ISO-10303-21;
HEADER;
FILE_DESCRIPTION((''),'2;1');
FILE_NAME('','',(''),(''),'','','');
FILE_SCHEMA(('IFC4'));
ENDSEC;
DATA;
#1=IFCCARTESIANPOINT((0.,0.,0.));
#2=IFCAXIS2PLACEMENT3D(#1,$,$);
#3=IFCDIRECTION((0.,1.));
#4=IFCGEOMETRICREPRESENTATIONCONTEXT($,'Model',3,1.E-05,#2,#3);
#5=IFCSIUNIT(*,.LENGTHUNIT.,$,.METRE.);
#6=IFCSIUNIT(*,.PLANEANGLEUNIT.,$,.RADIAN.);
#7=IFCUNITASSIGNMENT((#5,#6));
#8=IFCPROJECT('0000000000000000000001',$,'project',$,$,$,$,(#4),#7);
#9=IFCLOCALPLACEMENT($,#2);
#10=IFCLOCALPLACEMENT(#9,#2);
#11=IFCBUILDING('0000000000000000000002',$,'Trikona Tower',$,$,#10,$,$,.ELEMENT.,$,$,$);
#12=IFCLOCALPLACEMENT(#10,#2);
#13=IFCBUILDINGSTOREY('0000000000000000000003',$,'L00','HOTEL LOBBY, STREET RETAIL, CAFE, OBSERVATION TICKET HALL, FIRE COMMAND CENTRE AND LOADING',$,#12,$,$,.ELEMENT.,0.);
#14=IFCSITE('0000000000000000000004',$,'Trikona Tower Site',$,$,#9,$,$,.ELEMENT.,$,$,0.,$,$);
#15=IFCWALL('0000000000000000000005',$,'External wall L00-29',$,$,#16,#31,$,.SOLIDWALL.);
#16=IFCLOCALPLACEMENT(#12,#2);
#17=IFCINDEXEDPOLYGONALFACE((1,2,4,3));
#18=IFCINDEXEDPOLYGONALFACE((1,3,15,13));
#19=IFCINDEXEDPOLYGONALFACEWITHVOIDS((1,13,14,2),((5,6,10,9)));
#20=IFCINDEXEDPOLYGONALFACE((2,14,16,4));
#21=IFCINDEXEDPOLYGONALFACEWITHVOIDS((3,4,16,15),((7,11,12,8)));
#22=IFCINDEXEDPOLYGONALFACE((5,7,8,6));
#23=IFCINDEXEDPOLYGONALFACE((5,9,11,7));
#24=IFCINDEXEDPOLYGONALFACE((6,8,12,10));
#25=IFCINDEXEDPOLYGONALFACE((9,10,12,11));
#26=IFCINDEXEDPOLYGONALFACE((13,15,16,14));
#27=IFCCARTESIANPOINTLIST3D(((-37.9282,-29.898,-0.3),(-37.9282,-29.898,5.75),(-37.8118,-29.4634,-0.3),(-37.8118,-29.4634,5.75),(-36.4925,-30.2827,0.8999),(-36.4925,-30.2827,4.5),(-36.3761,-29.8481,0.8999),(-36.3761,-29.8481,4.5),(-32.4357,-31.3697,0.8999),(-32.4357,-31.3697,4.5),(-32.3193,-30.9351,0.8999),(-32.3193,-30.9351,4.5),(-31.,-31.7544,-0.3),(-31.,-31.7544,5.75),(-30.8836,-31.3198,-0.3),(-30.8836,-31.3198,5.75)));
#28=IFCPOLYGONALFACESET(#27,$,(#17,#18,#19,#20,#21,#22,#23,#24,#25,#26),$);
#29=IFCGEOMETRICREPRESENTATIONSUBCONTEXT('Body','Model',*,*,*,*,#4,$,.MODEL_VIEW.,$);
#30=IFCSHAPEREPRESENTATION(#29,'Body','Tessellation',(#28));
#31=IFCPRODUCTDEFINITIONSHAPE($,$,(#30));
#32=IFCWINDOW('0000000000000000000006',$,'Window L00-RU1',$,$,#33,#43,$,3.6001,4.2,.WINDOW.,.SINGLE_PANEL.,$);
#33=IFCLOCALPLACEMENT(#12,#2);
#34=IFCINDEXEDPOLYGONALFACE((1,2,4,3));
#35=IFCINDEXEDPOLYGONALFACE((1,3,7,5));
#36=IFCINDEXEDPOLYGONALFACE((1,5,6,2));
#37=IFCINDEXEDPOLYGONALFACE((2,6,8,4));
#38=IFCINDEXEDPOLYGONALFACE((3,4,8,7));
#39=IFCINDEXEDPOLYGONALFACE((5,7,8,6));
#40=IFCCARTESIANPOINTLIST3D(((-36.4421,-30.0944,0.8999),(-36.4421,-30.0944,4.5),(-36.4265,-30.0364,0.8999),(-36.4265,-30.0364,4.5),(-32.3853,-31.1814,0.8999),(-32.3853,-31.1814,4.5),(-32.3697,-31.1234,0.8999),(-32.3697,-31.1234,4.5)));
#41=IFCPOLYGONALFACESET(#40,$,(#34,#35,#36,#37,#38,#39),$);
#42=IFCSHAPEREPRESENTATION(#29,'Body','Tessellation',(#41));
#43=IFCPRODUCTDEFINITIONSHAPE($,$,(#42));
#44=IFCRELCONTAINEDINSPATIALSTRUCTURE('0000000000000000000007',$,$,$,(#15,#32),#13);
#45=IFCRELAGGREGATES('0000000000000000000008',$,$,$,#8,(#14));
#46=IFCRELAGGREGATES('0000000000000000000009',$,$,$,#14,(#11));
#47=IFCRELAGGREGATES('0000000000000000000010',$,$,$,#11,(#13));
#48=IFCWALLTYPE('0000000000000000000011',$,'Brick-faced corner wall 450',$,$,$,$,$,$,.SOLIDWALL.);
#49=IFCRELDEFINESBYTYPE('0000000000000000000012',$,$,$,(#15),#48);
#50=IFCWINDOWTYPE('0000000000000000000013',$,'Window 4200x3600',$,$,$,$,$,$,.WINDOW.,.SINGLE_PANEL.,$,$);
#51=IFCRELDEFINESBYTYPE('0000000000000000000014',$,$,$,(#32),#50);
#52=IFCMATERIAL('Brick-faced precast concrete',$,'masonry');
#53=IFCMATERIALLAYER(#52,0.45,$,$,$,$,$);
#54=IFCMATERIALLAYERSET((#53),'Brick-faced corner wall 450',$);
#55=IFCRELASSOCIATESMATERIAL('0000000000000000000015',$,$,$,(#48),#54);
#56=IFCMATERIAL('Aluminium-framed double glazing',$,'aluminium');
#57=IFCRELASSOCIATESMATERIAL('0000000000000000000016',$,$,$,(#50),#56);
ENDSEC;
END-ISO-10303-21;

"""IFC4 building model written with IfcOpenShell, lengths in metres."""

from ifc_helpers import new_model, si_unit, direction, frame, frame_2d, origin, place, context, subcontext, project, spatial, rectangle, extrude, material, layer, layer_set, type_object, element, fill, save


model = new_model("IFC4")

# Units and contexts
model_context = context("Model", 3, precision=1e-05, world=origin(), true_north=direction((0.0, 1.0)))
body_context = subcontext(model_context, "Body", "Model", "MODEL_VIEW")
ifc_project = project(units=[si_unit("LENGTHUNIT", "METRE"), si_unit("PLANEANGLEUNIT", "RADIAN")], contexts=[model_context])

# Site, building, storey
site_placement = place(None, origin())
site = spatial("IfcSite", under=ifc_project, at=site_placement, Name="Trikona Tower Site", CompositionType="ELEMENT", RefElevation=0.0)
building_placement = place(site_placement, origin())
building = spatial("IfcBuilding", under=site, at=building_placement, Name="Trikona Tower", CompositionType="ELEMENT")
storey_placement = place(building_placement, origin())
storey = spatial("IfcBuildingStorey", under=building, at=storey_placement, Name="L00", Description="HOTEL LOBBY, STREET RETAIL, CAFE, OBSERVATION TICKET HALL, FIRE COMMAND CENTRE AND LOADING", CompositionType="ELEMENT", Elevation=0.0)

# Wall, opening, window
ifc_material_1 = material(Name="Brick-faced precast concrete", Category="masonry")
ifc_layer = layer(ifc_material_1, 0.45)
ifc_layer_set = layer_set([ifc_layer], Name="Brick-faced corner wall 450")
wall_type = type_object("IfcWallType", Name="Brick-faced corner wall 450", PredefinedType="SOLIDWALL", material=ifc_layer_set)
ifc_material_2 = material(Name="Aluminium-framed double glazing", Category="aluminium")
window_type = type_object("IfcWindowType", Name="Window 4200x3600", PartitioningType="SINGLE_PANEL", PredefinedType="WINDOW", material=ifc_material_2)
wall_1_placement = place(storey_placement, frame((-37.8701, -29.6807, -0.3), z_axis=(0.0, 0.0, 1.0), x_axis=(0.965925, -0.258823, 0.0)))
wall_1 = element("IfcWall", 1, at=wall_1_placement, inside=storey, type_object=wall_type, Name="External wall L00-29", PredefinedType="SOLIDWALL", context=body_context, shape_type="SweptSolid", body=[
    extrude(rectangle(XDim=7.1726, YDim=0.45, at=frame_2d((3.5864, 0.0))), origin(), (0.0, 0.0, 1.0), 6.05),
])
opening_1_placement = place(wall_1_placement, frame((1.4863, 0.0, 1.2)))
opening_1 = element("IfcOpeningElement", 2, at=opening_1_placement, cuts=wall_1, PredefinedType="OPENING", context=body_context, shape_type="SweptSolid", body=[
    extrude(rectangle(XDim=4.2, YDim=3.6001, at=frame_2d((2.1001, 1.8))), frame((0.0, 0.2349, 0.0), z_axis=(0.0, -1.0, 0.0), x_axis=(1.0, 0.0, 0.0)), (0.0, 0.0, 1.0), 0.47),
])
window_1_placement = place(opening_1_placement, origin())
window_1 = element("IfcWindow", 3, at=window_1_placement, inside=storey, type_object=window_type, Name="Window L00-RU1", OverallHeight=3.6001, OverallWidth=4.2, PartitioningType="SINGLE_PANEL", PredefinedType="WINDOW", context=body_context, shape_type="SweptSolid", body=[
    extrude(rectangle(XDim=4.2, YDim=3.6001, at=frame_2d((2.1001, 1.8))), frame((0.0, 0.03, 0.0), z_axis=(0.0, -1.0, 0.0), x_axis=(1.0, 0.0, 0.0)), (0.0, 0.0, 1.0), 0.0601),
])
fill(opening_1, window_1)

save(model, "model.ifc")
